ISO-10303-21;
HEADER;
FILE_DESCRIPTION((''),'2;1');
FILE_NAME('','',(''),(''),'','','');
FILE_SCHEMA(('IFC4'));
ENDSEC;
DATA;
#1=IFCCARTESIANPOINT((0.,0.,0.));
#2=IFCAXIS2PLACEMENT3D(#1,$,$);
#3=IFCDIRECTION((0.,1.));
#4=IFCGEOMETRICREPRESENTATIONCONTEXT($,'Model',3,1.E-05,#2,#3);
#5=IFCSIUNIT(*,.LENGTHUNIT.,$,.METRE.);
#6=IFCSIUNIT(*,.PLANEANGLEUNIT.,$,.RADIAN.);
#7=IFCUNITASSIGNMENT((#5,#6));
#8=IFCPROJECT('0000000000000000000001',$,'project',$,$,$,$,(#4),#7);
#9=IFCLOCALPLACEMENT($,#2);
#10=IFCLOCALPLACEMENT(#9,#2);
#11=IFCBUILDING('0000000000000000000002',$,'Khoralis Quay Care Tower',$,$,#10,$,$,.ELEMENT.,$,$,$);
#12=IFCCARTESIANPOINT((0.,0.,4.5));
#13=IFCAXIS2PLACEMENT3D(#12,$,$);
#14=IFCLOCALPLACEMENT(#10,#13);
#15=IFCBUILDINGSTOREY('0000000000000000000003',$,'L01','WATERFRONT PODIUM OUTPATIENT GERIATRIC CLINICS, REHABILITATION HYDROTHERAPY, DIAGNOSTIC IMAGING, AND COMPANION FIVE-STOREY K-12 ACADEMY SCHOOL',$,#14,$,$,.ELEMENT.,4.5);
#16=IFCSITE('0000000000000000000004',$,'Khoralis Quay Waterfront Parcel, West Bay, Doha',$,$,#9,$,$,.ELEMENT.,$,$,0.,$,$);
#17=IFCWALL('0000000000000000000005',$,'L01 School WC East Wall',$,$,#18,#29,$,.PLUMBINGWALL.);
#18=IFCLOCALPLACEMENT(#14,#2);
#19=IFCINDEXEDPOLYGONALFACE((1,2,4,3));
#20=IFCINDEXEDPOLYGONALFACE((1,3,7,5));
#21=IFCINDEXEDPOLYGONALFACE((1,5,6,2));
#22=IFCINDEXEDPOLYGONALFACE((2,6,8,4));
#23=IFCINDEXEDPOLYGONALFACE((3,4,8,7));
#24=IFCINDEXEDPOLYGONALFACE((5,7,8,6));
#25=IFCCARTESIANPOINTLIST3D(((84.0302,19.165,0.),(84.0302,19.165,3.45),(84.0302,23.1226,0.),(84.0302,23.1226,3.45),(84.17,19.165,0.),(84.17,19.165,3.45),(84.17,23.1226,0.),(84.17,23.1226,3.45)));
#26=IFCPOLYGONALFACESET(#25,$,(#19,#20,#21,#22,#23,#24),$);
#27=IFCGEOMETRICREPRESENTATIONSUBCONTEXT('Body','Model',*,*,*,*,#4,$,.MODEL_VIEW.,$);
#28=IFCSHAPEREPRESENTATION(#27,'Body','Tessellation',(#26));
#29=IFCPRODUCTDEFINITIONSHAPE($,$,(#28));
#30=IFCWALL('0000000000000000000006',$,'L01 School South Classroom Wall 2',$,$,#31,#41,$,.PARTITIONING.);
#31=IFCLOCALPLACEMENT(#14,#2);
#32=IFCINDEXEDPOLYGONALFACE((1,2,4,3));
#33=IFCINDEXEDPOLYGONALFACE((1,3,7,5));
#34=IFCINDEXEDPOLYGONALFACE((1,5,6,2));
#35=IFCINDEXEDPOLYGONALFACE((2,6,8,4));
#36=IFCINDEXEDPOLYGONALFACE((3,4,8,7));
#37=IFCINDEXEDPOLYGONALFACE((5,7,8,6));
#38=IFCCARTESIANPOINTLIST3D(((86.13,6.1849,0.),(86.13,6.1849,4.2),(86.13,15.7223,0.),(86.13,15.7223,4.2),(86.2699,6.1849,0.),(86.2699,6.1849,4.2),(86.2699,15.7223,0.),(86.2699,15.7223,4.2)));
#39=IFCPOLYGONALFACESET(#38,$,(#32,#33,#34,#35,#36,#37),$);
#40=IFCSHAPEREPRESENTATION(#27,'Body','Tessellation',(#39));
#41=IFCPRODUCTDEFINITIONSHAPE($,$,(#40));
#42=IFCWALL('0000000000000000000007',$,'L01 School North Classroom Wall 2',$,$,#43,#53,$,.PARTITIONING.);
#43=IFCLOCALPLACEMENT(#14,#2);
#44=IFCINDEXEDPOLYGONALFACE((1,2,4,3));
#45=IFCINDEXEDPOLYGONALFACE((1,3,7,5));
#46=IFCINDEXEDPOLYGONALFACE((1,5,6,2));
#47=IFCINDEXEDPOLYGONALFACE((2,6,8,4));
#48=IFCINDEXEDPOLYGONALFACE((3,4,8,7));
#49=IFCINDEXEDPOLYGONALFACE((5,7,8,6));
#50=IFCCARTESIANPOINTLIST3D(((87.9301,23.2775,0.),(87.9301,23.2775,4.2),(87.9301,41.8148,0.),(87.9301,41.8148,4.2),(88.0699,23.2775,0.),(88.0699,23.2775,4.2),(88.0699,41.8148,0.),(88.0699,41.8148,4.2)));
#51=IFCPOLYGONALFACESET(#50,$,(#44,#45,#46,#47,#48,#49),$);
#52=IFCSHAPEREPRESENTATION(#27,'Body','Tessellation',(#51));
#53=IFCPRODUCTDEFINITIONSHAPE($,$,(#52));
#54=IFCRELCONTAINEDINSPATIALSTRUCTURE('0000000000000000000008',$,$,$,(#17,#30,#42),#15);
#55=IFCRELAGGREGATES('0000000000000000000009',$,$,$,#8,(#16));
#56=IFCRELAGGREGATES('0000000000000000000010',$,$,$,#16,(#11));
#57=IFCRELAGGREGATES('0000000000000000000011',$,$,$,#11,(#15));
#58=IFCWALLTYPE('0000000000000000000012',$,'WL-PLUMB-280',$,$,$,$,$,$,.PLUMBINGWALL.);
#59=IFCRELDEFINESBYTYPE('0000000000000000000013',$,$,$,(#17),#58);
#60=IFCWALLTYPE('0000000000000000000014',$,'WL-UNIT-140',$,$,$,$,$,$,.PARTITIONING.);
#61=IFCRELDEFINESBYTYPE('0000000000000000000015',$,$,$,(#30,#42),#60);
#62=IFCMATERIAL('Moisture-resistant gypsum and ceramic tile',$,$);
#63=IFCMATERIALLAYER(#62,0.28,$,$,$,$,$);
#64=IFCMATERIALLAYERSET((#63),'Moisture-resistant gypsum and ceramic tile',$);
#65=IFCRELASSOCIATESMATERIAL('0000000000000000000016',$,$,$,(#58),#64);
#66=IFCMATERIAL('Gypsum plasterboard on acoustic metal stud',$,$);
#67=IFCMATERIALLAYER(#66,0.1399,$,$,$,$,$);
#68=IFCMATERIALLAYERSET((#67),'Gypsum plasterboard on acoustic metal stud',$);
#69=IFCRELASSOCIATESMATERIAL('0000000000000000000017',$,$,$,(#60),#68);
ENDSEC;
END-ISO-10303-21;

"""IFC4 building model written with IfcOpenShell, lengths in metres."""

from ifc_helpers import new_model, si_unit, direction, frame, frame_2d, origin, place, context, subcontext, project, spatial, rectangle, extrude, material, layer, layer_set, type_object, element, save


model = new_model("IFC4")

# Units and contexts
model_context = context("Model", 3, precision=1e-05, world=origin(), true_north=direction((0.0, 1.0)))
body_context = subcontext(model_context, "Body", "Model", "MODEL_VIEW")
ifc_project = project(units=[si_unit("LENGTHUNIT", "METRE"), si_unit("PLANEANGLEUNIT", "RADIAN")], contexts=[model_context])

# Site, building, storey
site_placement = place(None, origin())
site = spatial("IfcSite", under=ifc_project, at=site_placement, Name="Khoralis Quay Waterfront Parcel, West Bay, Doha", CompositionType="ELEMENT", RefElevation=0.0)
building_placement = place(site_placement, origin())
building = spatial("IfcBuilding", under=site, at=building_placement, Name="Khoralis Quay Care Tower", CompositionType="ELEMENT")
storey_placement = place(building_placement, frame((0.0, 0.0, 4.5)))
storey = spatial("IfcBuildingStorey", under=building, at=storey_placement, Name="L01", Description="WATERFRONT PODIUM OUTPATIENT GERIATRIC CLINICS, REHABILITATION HYDROTHERAPY, DIAGNOSTIC IMAGING, AND COMPANION FIVE-STOREY K-12 ACADEMY SCHOOL", CompositionType="ELEMENT", Elevation=4.5)

# Walls
ifc_material_1 = material(Name="Moisture-resistant gypsum and ceramic tile")
ifc_layer_1 = layer(ifc_material_1, 0.28)
ifc_layer_set_1 = layer_set([ifc_layer_1], Name="Moisture-resistant gypsum and ceramic tile")
wall_type_1 = type_object("IfcWallType", Name="WL-PLUMB-280", PredefinedType="PLUMBINGWALL", material=ifc_layer_set_1)
wall_1_placement = place(storey_placement, frame((84.1001, 19.165, 0.0), z_axis=(0.0, 0.0, 1.0), x_axis=(0.0, 1.0, 0.0)))
element("IfcWall", 1, at=wall_1_placement, inside=storey, type_object=wall_type_1, Name="L01 School WC East Wall", PredefinedType="PLUMBINGWALL", context=body_context, shape_type="SweptSolid", body=[
    extrude(rectangle(XDim=3.9575, YDim=0.1399, at=frame_2d((1.9788, 0.0))), origin(), (0.0, 0.0, 1.0), 3.45),
])
ifc_material_2 = material(Name="Gypsum plasterboard on acoustic metal stud")
ifc_layer_2 = layer(ifc_material_2, 0.1399)
ifc_layer_set_2 = layer_set([ifc_layer_2], Name="Gypsum plasterboard on acoustic metal stud")
wall_type_2 = type_object("IfcWallType", Name="WL-UNIT-140", PredefinedType="PARTITIONING", material=ifc_layer_set_2)
wall_2_placement = place(storey_placement, frame((86.2, 6.1851, 0.0), z_axis=(0.0, 0.0, 1.0), x_axis=(0.0, 1.0, 0.0)))
element("IfcWall", 2, at=wall_2_placement, inside=storey, type_object=wall_type_2, Name="L01 School South Classroom Wall 2", PredefinedType="PARTITIONING", context=body_context, shape_type="SweptSolid", body=[
    extrude(rectangle(XDim=9.5374, YDim=0.1399, at=frame_2d((4.7686, 0.0))), origin(), (0.0, 0.0, 1.0), 4.2),
])
wall_3_placement = place(storey_placement, frame((88.0, 23.2776, 0.0), z_axis=(0.0, 0.0, 1.0), x_axis=(0.0, 1.0, 0.0)))
element("IfcWall", 3, at=wall_3_placement, inside=storey, type_object=wall_type_2, Name="L01 School North Classroom Wall 2", PredefinedType="PARTITIONING", context=body_context, shape_type="SweptSolid", body=[
    extrude(rectangle(XDim=18.5374, YDim=0.1399, at=frame_2d((9.2686, 0.0))), origin(), (0.0, 0.0, 1.0), 4.2),
])

save(model, "model.ifc")
